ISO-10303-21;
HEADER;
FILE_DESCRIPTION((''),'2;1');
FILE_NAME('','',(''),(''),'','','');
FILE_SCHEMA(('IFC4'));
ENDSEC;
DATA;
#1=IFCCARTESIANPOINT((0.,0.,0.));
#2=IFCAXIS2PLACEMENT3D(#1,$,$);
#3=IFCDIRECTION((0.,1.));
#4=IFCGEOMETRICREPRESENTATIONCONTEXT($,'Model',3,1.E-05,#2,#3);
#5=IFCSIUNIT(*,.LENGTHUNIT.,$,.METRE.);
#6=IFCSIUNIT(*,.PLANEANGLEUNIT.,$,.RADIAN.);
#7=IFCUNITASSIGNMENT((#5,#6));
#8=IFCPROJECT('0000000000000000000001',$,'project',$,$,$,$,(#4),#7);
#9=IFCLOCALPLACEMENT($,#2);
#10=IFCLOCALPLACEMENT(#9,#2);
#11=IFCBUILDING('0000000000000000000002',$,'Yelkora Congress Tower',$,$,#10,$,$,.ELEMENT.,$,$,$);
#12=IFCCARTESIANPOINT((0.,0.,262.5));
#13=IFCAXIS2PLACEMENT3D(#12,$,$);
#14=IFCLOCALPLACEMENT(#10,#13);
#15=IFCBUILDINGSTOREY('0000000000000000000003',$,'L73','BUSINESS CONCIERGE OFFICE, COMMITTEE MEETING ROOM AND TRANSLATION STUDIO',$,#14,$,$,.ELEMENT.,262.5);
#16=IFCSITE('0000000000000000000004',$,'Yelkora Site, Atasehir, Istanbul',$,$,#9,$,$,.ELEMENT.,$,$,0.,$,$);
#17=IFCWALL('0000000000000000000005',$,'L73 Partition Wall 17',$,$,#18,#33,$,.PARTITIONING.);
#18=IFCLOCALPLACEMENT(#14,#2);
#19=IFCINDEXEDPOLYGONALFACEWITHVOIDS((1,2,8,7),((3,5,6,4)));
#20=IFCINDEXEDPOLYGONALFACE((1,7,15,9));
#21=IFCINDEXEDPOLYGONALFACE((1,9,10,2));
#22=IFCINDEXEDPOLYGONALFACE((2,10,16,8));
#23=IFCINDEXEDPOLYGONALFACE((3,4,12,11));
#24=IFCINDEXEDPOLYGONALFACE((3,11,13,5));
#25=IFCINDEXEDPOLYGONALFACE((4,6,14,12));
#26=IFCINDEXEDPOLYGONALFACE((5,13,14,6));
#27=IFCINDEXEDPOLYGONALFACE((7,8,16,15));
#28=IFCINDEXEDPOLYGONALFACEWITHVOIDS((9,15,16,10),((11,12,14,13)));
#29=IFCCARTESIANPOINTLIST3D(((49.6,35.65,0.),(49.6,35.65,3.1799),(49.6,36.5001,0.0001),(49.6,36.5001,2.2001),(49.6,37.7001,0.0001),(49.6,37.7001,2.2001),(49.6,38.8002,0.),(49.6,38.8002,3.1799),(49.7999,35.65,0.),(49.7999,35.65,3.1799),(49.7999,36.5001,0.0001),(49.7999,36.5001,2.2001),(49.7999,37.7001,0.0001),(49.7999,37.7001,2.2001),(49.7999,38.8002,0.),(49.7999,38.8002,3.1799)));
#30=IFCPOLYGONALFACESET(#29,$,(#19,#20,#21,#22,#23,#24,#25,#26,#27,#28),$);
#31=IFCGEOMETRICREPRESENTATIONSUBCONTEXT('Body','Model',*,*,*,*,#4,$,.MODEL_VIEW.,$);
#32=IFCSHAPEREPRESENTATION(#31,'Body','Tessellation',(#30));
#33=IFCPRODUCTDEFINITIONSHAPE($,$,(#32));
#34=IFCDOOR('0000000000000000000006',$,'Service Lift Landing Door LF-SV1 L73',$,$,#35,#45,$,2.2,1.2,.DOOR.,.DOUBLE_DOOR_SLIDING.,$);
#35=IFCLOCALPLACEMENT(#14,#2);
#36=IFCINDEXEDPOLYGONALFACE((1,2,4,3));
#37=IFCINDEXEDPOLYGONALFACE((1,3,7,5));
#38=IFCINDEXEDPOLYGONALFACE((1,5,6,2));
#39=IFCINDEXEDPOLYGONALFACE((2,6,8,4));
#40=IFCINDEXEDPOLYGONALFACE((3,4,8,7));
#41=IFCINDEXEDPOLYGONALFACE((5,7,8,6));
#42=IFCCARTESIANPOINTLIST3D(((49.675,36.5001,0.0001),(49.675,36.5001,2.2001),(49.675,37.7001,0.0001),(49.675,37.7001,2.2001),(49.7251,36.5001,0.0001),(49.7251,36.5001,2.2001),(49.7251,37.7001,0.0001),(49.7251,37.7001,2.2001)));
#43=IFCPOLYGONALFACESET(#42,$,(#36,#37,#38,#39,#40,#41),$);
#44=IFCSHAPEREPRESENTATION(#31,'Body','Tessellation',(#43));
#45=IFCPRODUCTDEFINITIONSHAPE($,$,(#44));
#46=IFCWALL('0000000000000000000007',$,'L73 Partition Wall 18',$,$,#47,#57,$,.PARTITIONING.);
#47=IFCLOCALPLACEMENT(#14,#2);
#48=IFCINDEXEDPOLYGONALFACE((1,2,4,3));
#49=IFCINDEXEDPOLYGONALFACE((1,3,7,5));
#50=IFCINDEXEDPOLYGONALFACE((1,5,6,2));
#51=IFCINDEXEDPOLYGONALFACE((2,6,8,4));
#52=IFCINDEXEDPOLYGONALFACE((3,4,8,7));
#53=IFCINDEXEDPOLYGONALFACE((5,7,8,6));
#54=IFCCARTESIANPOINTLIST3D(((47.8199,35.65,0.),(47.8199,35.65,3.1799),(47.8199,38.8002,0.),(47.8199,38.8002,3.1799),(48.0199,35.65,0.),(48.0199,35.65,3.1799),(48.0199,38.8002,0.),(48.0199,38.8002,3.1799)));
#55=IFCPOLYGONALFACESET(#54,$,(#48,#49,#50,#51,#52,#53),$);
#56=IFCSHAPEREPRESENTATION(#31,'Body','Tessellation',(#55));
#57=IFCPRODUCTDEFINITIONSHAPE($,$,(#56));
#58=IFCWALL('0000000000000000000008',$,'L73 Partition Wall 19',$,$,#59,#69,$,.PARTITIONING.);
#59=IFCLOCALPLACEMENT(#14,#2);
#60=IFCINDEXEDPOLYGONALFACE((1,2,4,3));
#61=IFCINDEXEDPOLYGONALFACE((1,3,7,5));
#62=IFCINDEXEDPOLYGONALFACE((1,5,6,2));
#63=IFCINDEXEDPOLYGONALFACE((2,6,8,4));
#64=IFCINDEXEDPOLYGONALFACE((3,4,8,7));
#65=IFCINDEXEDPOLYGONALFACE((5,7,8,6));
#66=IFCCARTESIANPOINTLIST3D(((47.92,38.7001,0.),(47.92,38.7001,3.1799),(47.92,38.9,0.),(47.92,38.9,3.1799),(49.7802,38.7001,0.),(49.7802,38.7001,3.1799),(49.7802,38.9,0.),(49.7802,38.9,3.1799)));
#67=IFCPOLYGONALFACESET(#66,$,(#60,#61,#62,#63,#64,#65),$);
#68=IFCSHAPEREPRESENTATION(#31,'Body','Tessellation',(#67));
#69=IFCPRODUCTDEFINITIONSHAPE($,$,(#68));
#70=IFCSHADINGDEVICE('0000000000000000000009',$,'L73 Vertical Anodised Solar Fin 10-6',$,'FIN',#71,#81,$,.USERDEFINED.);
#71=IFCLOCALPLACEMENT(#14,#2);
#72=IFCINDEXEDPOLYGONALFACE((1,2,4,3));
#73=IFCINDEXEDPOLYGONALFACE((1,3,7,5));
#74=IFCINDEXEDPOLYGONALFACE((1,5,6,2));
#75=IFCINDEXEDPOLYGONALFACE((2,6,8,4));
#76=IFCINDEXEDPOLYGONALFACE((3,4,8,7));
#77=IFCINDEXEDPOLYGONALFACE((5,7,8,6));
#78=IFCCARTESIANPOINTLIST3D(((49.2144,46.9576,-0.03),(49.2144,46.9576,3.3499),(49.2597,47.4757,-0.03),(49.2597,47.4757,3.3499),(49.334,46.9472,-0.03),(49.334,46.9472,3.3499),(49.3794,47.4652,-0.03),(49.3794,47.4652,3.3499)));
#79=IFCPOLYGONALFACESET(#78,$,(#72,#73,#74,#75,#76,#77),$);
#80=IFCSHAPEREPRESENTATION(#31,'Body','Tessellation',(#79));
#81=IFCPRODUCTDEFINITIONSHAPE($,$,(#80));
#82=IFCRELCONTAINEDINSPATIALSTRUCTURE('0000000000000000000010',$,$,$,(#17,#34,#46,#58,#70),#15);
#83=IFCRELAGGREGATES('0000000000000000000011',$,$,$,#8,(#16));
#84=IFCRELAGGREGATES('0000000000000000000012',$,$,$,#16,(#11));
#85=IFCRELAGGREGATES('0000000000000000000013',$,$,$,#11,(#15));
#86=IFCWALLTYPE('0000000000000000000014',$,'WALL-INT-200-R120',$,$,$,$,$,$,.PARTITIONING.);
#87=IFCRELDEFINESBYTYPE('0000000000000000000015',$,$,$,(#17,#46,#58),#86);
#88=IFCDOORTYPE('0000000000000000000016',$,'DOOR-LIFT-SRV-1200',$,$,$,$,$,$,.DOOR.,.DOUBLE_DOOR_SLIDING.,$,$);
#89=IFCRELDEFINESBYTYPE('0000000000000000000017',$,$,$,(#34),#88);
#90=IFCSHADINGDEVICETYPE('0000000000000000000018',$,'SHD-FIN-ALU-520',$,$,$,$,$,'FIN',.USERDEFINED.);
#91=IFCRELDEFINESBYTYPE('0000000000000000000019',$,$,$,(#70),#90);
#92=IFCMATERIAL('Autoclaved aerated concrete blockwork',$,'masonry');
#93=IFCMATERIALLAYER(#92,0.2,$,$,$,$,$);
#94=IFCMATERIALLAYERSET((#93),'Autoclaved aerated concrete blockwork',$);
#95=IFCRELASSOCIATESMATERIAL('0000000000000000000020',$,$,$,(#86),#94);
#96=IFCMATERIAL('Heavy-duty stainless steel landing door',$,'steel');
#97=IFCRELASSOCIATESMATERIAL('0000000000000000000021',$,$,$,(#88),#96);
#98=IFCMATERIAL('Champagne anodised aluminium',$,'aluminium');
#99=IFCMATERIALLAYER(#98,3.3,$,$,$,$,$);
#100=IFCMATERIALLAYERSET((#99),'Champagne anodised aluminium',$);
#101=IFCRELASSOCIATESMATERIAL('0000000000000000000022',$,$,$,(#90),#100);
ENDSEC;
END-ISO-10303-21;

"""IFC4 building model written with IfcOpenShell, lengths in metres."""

from ifc_helpers import new_model, si_unit, direction, frame, frame_2d, origin, origin_2d, place, context, subcontext, project, spatial, rectangle, extrude, material, layer, layer_set, type_object, element, fill, save


model = new_model("IFC4")

# Units and contexts
model_context = context("Model", 3, precision=1e-05, world=origin(), true_north=direction((0.0, 1.0)))
body_context = subcontext(model_context, "Body", "Model", "MODEL_VIEW")
ifc_project = project(units=[si_unit("LENGTHUNIT", "METRE"), si_unit("PLANEANGLEUNIT", "RADIAN")], contexts=[model_context])

# Site, building, storey
site_placement = place(None, origin())
site = spatial("IfcSite", under=ifc_project, at=site_placement, Name="Yelkora Site, Atasehir, Istanbul", CompositionType="ELEMENT", RefElevation=0.0)
building_placement = place(site_placement, origin())
building = spatial("IfcBuilding", under=site, at=building_placement, Name="Yelkora Congress Tower", CompositionType="ELEMENT")
storey_placement = place(building_placement, frame((0.0, 0.0, 262.5)))
storey = spatial("IfcBuildingStorey", under=building, at=storey_placement, Name="L73", Description="BUSINESS CONCIERGE OFFICE, COMMITTEE MEETING ROOM AND TRANSLATION STUDIO", CompositionType="ELEMENT", Elevation=262.5)

# Wall, opening, door
ifc_material_1 = material(Name="Autoclaved aerated concrete blockwork", Category="masonry")
ifc_layer_1 = layer(ifc_material_1, 0.2)
ifc_layer_set_1 = layer_set([ifc_layer_1], Name="Autoclaved aerated concrete blockwork")
wall_type_1 = type_object("IfcWallType", Name="WALL-INT-200-R120", PredefinedType="PARTITIONING", material=ifc_layer_set_1)
wall_1_placement = place(storey_placement, frame((49.7, 35.6499, 0.0), z_axis=(0.0, 0.0, 1.0), x_axis=(0.0, 1.0, 0.0)))
wall_1 = element("IfcWall", 1, at=wall_1_placement, inside=storey, type_object=wall_type_1, Name="L73 Partition Wall 17", PredefinedType="PARTITIONING", context=body_context, shape_type="SweptSolid", body=[
    extrude(rectangle(XDim=3.1501, YDim=0.2, at=frame_2d((1.5752, 0.0))), origin(), (0.0, 0.0, 1.0), 3.1799),
])
opening_1_placement = place(wall_1_placement, frame((0.8501, 0.0, 0.0)))
opening_1 = element("IfcOpeningElement", 2, at=opening_1_placement, cuts=wall_1, PredefinedType="OPENING", context=body_context, shape_type="SweptSolid", body=[
    extrude(rectangle(XDim=1.2, YDim=2.2, at=frame_2d((0.6001, 1.1001))), frame((0.0, 0.1099, 0.0), z_axis=(0.0, -1.0, 0.0), x_axis=(1.0, 0.0, 0.0)), (0.0, 0.0, 1.0), 0.22),
])
ifc_material_2 = material(Name="Heavy-duty stainless steel landing door", Category="steel")
door_type_1 = type_object("IfcDoorType", Name="DOOR-LIFT-SRV-1200", OperationType="DOUBLE_DOOR_SLIDING", PredefinedType="DOOR", material=ifc_material_2)
door_1_placement = place(opening_1_placement, origin())
door_1 = element("IfcDoor", 3, at=door_1_placement, inside=storey, type_object=door_type_1, Name="Service Lift Landing Door LF-SV1 L73", OperationType="DOUBLE_DOOR_SLIDING", OverallHeight=2.2, OverallWidth=1.2, PredefinedType="DOOR", context=body_context, shape_type="SweptSolid", body=[
    extrude(rectangle(XDim=1.2, YDim=2.2, at=frame_2d((0.6001, 1.1001))), frame((0.0, 0.0249, 0.0), z_axis=(0.0, -1.0, 0.0), x_axis=(1.0, 0.0, 0.0)), (0.0, 0.0, 1.0), 0.05),
])
fill(opening_1, door_1)

# Walls
wall_2_placement = place(storey_placement, frame((47.9199, 35.6499, 0.0), z_axis=(0.0, 0.0, 1.0), x_axis=(0.0, 1.0, 0.0)))
element("IfcWall", 4, at=wall_2_placement, inside=storey, type_object=wall_type_1, Name="L73 Partition Wall 18", PredefinedType="PARTITIONING", context=body_context, shape_type="SweptSolid", body=[
    extrude(rectangle(XDim=3.1501, YDim=0.2, at=frame_2d((1.5752, 0.0))), origin(), (0.0, 0.0, 1.0), 3.1799),
])
wall_3_placement = place(storey_placement, frame((47.9199, 38.8, 0.0), z_axis=(0.0, 0.0, 1.0), x_axis=(1.0, 0.0, 0.0)))
element("IfcWall", 5, at=wall_3_placement, inside=storey, type_object=wall_type_1, Name="L73 Partition Wall 19", PredefinedType="PARTITIONING", context=body_context, shape_type="SweptSolid", body=[
    extrude(rectangle(XDim=1.8601, YDim=0.2, at=frame_2d((0.9302, 0.0))), origin(), (0.0, 0.0, 1.0), 3.1799),
])

# Shading device
ifc_material_3 = material(Name="Champagne anodised aluminium", Category="aluminium")
ifc_layer_2 = layer(ifc_material_3, 3.3)
ifc_layer_set_2 = layer_set([ifc_layer_2], Name="Champagne anodised aluminium")
shading_device_type = type_object("IfcShadingDeviceType", Name="SHD-FIN-ALU-520", ElementType="FIN", PredefinedType="USERDEFINED", material=ifc_layer_set_2)
shading_device_placement = place(storey_placement, frame((49.2969, 47.2114, -0.03), z_axis=(0.0, 0.0, 1.0), x_axis=(0.996195, -0.087156, 0.0)))
element("IfcShadingDevice", 6, at=shading_device_placement, inside=storey, type_object=shading_device_type, Name="L73 Vertical Anodised Solar Fin 10-6", ObjectType="FIN", PredefinedType="USERDEFINED", context=body_context, shape_type="SweptSolid", body=[
    extrude(rectangle(XDim=0.1201, YDim=0.52, at=origin_2d()), origin(), (0.0, 0.0, 1.0), 3.3799),
])

save(model, "model.ifc")
